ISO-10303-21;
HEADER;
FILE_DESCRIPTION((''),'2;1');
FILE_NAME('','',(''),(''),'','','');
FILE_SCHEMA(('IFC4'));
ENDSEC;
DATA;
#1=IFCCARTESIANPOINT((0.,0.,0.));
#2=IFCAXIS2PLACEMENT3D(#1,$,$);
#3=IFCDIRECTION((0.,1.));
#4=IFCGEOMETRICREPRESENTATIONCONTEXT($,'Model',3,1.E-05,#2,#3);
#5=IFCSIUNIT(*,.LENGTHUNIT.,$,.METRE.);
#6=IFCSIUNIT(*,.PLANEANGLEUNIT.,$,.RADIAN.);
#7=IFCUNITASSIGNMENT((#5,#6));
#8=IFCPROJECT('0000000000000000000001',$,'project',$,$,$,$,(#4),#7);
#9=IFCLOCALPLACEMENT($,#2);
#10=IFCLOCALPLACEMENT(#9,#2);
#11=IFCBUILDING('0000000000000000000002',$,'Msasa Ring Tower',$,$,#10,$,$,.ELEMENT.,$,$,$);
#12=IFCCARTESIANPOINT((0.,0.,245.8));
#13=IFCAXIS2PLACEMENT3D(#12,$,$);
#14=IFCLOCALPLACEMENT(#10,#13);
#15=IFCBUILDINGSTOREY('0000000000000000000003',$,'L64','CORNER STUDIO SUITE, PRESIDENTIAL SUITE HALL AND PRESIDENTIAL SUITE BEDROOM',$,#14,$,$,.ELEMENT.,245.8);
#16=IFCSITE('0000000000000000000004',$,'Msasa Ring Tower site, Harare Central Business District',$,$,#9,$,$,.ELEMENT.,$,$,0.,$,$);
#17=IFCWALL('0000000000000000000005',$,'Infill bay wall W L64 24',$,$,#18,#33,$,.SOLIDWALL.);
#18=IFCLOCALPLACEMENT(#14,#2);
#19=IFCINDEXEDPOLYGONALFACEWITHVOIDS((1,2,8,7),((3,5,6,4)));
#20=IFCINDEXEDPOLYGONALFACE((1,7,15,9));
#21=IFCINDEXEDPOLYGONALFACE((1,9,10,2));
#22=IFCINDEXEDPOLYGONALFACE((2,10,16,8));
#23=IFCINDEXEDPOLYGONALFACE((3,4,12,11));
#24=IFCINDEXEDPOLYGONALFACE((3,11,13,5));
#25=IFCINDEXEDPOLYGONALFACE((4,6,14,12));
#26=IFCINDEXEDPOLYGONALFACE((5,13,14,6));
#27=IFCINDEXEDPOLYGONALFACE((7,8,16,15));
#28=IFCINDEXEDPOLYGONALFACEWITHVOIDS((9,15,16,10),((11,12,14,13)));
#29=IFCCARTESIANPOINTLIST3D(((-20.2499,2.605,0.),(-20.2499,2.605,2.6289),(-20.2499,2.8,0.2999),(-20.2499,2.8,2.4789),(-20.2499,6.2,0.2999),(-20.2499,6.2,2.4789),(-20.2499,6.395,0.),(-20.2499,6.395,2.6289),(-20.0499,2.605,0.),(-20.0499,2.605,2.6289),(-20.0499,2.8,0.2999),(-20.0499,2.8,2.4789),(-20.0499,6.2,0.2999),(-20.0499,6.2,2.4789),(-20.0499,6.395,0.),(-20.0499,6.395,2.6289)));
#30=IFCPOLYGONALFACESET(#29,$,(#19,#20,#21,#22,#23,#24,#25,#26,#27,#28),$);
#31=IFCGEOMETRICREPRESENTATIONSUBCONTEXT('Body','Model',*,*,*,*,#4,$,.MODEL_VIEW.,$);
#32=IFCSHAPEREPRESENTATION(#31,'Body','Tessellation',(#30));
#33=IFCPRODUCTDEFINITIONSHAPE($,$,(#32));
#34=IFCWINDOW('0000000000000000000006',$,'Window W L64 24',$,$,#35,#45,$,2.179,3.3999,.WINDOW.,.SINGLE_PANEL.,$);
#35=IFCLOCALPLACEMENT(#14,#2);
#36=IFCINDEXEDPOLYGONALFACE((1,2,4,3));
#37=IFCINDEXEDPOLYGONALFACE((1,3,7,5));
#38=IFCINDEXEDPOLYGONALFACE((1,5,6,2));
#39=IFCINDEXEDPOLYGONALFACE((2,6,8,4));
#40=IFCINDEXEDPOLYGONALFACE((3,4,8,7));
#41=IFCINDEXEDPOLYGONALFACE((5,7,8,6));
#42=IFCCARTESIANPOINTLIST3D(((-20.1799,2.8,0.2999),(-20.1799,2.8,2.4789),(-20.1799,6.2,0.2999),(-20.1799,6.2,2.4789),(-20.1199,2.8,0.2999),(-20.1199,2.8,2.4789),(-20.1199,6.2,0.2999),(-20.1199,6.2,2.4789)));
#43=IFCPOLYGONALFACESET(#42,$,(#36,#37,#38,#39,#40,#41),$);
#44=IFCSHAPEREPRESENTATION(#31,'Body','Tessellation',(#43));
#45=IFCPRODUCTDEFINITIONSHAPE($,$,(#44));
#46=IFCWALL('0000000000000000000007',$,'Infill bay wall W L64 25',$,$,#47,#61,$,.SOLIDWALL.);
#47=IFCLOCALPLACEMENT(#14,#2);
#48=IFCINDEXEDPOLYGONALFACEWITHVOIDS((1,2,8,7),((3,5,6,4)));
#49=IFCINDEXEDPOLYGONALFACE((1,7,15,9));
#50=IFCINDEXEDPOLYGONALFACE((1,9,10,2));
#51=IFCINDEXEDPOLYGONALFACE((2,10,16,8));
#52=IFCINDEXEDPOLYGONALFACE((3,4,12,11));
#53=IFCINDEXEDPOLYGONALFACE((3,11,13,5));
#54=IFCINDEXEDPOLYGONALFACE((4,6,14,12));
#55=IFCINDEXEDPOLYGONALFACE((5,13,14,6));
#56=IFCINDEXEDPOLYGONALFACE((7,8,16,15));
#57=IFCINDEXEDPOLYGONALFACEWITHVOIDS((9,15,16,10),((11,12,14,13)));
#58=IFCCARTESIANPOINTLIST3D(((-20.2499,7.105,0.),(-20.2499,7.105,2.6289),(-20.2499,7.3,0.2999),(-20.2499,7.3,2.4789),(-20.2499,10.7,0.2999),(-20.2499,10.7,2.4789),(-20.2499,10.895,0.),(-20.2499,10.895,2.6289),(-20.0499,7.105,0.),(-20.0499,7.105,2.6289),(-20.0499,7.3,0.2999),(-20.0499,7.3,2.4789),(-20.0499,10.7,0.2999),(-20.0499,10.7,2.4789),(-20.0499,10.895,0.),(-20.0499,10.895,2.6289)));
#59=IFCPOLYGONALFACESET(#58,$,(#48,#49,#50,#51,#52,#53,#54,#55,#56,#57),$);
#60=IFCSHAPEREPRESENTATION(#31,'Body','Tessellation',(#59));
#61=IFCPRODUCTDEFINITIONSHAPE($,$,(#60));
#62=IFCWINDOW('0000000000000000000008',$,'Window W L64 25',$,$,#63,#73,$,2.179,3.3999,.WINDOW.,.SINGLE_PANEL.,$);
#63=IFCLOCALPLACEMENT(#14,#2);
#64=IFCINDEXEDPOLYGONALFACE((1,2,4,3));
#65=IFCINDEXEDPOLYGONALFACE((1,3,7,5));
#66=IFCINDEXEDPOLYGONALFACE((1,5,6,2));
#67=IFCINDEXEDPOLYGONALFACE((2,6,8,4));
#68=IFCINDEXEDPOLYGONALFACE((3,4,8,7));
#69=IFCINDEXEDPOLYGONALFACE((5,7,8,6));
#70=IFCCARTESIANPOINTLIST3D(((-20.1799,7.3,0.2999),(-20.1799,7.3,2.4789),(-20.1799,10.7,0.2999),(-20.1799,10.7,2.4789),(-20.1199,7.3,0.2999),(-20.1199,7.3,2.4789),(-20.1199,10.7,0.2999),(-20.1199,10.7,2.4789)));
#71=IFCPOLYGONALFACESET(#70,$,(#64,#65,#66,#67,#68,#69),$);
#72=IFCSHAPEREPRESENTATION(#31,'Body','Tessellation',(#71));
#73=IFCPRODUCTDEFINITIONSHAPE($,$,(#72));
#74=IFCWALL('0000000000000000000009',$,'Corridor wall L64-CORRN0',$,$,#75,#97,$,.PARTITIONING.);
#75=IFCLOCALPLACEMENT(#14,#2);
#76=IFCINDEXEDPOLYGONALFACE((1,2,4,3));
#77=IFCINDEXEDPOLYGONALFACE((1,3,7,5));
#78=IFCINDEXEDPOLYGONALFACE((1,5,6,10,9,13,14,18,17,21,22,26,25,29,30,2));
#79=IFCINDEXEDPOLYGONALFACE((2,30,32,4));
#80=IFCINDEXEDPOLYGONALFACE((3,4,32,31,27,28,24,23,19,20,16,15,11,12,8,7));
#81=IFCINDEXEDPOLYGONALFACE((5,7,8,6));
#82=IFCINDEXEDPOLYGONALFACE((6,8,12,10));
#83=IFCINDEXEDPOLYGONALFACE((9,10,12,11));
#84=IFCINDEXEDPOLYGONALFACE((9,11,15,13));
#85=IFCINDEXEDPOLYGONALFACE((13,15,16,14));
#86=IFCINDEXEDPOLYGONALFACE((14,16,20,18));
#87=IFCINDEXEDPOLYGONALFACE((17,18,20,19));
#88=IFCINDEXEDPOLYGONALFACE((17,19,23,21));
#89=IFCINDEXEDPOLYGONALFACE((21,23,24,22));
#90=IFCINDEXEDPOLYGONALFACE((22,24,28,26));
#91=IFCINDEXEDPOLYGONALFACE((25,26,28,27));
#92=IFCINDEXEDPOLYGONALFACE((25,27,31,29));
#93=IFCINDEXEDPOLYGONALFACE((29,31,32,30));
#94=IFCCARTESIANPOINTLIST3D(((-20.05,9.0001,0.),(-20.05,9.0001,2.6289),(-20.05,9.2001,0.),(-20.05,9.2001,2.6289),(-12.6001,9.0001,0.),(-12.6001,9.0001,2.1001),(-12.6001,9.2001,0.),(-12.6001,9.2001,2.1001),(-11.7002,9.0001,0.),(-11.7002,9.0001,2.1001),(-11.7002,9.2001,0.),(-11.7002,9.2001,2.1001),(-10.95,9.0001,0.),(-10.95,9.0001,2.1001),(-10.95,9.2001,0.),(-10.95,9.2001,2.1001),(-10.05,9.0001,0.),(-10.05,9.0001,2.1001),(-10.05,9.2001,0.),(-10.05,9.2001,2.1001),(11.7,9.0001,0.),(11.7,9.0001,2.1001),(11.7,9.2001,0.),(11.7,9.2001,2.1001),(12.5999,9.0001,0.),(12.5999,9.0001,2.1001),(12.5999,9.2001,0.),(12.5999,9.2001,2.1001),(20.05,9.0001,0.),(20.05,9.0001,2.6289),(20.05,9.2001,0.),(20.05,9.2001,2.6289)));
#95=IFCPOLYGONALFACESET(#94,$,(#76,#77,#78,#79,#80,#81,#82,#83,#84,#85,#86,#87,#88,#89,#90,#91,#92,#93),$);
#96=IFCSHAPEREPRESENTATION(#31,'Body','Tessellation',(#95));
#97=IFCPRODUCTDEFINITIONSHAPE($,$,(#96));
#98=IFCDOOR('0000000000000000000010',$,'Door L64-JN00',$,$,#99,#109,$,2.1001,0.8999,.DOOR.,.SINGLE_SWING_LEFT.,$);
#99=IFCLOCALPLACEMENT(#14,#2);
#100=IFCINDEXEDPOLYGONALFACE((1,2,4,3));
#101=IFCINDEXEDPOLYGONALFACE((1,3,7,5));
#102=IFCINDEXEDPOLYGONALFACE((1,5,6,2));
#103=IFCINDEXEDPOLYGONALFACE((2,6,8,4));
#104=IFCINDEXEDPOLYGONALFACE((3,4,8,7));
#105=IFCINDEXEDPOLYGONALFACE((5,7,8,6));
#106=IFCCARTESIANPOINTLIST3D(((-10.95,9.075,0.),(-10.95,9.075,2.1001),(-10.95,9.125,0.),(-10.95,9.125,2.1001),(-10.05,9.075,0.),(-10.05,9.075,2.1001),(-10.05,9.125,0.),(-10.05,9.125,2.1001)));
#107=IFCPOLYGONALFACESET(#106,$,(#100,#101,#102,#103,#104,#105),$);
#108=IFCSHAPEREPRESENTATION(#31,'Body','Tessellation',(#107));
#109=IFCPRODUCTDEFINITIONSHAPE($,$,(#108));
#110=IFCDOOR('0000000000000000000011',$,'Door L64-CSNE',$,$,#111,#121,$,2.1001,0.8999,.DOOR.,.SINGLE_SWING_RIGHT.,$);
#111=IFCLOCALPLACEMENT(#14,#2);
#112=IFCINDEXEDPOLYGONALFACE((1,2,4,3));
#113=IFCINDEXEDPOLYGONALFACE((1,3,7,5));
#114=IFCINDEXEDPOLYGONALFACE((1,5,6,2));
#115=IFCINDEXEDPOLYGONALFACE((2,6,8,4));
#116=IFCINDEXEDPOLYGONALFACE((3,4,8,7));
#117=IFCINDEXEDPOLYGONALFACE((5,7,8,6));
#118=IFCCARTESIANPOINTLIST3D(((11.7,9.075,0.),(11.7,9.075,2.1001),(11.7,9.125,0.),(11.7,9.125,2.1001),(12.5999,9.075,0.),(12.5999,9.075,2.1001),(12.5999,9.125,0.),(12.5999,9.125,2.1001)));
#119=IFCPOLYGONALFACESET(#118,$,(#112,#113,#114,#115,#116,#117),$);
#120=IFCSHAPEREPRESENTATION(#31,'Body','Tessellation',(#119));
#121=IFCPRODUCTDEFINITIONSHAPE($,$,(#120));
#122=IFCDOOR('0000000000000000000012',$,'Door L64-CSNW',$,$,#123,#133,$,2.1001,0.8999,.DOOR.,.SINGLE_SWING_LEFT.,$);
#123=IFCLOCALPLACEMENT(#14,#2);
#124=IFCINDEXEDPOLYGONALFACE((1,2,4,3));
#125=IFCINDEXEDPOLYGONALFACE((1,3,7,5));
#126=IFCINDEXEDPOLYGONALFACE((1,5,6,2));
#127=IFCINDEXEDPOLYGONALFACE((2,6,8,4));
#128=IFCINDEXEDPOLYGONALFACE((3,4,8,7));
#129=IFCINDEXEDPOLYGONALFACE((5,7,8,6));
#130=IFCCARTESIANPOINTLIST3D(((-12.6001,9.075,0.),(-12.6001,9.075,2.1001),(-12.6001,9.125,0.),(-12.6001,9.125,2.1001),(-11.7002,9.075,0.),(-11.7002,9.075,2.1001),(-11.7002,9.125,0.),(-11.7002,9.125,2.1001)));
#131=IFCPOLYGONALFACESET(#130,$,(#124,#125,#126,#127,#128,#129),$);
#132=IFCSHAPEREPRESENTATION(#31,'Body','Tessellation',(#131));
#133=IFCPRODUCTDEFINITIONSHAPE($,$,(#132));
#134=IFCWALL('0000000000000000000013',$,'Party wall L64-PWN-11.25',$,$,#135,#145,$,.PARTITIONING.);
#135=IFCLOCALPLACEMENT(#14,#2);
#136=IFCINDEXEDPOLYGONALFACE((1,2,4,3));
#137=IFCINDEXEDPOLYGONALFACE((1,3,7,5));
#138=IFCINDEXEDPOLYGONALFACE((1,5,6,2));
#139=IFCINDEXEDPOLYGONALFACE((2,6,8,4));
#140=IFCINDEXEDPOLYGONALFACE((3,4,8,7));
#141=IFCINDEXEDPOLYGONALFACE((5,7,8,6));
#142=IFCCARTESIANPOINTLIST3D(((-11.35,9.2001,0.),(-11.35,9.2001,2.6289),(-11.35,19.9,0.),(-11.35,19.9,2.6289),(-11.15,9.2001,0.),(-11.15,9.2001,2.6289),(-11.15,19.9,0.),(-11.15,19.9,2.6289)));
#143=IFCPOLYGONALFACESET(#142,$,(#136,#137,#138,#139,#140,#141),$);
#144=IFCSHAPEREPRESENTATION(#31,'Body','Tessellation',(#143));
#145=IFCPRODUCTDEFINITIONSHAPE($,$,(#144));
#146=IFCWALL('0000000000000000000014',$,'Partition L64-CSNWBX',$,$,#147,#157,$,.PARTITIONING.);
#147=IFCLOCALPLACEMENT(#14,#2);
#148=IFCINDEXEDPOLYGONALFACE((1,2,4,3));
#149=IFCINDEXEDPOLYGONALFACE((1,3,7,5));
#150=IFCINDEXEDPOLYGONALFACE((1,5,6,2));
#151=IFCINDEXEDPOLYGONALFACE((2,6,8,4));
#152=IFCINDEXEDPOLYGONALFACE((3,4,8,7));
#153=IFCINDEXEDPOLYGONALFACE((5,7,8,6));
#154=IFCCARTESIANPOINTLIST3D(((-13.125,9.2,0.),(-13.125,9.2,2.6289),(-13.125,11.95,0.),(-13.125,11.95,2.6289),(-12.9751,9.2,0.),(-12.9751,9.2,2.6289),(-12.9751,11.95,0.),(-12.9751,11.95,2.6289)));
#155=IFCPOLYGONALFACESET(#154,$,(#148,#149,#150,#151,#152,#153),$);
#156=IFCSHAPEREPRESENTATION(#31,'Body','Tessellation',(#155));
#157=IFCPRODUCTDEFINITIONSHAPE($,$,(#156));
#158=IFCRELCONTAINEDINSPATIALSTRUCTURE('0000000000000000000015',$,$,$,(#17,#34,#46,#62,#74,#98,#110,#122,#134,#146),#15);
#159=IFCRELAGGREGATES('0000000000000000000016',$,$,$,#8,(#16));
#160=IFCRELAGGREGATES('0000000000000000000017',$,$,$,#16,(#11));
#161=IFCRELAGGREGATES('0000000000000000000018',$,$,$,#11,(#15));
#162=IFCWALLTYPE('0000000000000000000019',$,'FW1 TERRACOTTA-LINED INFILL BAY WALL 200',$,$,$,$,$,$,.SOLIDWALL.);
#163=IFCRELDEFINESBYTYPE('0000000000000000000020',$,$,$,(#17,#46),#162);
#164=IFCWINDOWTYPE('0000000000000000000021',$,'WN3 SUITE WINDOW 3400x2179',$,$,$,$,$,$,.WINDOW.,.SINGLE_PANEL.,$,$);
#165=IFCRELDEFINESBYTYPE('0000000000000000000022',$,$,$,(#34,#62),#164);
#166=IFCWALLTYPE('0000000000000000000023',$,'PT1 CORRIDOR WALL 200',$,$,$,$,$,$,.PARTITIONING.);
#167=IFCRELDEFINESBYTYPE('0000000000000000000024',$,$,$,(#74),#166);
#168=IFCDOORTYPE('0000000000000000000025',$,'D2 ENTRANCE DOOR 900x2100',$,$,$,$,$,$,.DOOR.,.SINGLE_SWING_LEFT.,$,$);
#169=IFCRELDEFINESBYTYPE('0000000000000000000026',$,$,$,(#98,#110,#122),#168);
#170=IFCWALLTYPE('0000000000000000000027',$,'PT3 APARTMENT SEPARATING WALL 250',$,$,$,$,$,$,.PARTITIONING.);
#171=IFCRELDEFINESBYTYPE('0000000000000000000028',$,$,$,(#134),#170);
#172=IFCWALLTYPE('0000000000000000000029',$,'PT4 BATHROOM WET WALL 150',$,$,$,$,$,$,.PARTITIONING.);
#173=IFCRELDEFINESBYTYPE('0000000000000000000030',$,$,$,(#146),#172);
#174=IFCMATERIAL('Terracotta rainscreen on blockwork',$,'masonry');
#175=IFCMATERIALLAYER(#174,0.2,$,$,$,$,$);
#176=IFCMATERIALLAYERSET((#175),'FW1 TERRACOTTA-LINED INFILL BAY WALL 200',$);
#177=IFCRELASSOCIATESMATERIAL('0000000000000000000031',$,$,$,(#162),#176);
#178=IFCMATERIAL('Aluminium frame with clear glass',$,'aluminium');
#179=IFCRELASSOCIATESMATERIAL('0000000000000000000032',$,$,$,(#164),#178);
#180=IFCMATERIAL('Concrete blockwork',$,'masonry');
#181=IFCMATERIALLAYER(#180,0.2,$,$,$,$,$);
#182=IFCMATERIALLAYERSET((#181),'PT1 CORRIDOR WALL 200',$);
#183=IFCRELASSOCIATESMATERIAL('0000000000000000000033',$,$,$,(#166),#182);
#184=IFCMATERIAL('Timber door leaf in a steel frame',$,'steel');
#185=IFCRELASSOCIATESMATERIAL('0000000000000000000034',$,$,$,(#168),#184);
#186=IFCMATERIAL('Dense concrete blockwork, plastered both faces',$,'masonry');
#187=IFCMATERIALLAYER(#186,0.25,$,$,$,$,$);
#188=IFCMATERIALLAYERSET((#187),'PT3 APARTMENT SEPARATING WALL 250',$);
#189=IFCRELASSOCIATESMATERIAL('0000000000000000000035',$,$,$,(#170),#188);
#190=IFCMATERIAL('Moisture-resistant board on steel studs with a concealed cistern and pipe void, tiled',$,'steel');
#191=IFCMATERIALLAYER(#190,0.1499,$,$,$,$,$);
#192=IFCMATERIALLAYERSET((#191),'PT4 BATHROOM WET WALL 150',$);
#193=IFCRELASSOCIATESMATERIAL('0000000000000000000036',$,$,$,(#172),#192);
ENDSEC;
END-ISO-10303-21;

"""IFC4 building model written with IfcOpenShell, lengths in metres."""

from ifc_helpers import new_model, si_unit, direction, frame, frame_2d, origin, place, context, subcontext, project, spatial, rectangle, extrude, material, layer, layer_set, type_object, element, fill, save


model = new_model("IFC4")

# Units and contexts
model_context = context("Model", 3, precision=1e-05, world=origin(), true_north=direction((0.0, 1.0)))
body_context = subcontext(model_context, "Body", "Model", "MODEL_VIEW")
ifc_project = project(units=[si_unit("LENGTHUNIT", "METRE"), si_unit("PLANEANGLEUNIT", "RADIAN")], contexts=[model_context])

# Site, building, storey
site_placement = place(None, origin())
site = spatial("IfcSite", under=ifc_project, at=site_placement, Name="Msasa Ring Tower site, Harare Central Business District", CompositionType="ELEMENT", RefElevation=0.0)
building_placement = place(site_placement, origin())
building = spatial("IfcBuilding", under=site, at=building_placement, Name="Msasa Ring Tower", CompositionType="ELEMENT")
storey_placement = place(building_placement, frame((0.0, 0.0, 245.8)))
storey = spatial("IfcBuildingStorey", under=building, at=storey_placement, Name="L64", Description="CORNER STUDIO SUITE, PRESIDENTIAL SUITE HALL AND PRESIDENTIAL SUITE BEDROOM", CompositionType="ELEMENT", Elevation=245.8)

# Walls, openings, windows
ifc_material_1 = material(Name="Terracotta rainscreen on blockwork", Category="masonry")
ifc_layer_1 = layer(ifc_material_1, 0.2)
ifc_layer_set_1 = layer_set([ifc_layer_1], Name="FW1 TERRACOTTA-LINED INFILL BAY WALL 200")
wall_type_1 = type_object("IfcWallType", Name="FW1 TERRACOTTA-LINED INFILL BAY WALL 200", PredefinedType="SOLIDWALL", material=ifc_layer_set_1)
wall_1_placement = place(storey_placement, frame((-20.1499, 2.605, 0.0), z_axis=(0.0, 0.0, 1.0), x_axis=(0.0, 1.0, 0.0)))
wall_1 = element("IfcWall", 1, at=wall_1_placement, inside=storey, type_object=wall_type_1, Name="Infill bay wall W L64 24", PredefinedType="SOLIDWALL", context=body_context, shape_type="SweptSolid", body=[
    extrude(rectangle(XDim=3.79, YDim=0.2, at=frame_2d((1.895, 0.0))), origin(), (0.0, 0.0, 1.0), 2.6289),
])
opening_1_placement = place(wall_1_placement, frame((0.1951, 0.0, 0.3)))
opening_1 = element("IfcOpeningElement", 2, at=opening_1_placement, cuts=wall_1, PredefinedType="OPENING", context=body_context, shape_type="SweptSolid", body=[
    extrude(rectangle(XDim=3.3999, YDim=2.179, at=frame_2d((1.7, 1.0894))), frame((0.0, 0.1099, 0.0), z_axis=(0.0, -1.0, 0.0), x_axis=(1.0, 0.0, 0.0)), (0.0, 0.0, 1.0), 0.22),
])
ifc_material_2 = material(Name="Aluminium frame with clear glass", Category="aluminium")
window_type = type_object("IfcWindowType", Name="WN3 SUITE WINDOW 3400x2179", PartitioningType="SINGLE_PANEL", PredefinedType="WINDOW", material=ifc_material_2)
window_1_placement = place(opening_1_placement, origin())
window_1 = element("IfcWindow", 3, at=window_1_placement, inside=storey, type_object=window_type, Name="Window W L64 24", OverallHeight=2.179, OverallWidth=3.3999, PartitioningType="SINGLE_PANEL", PredefinedType="WINDOW", context=body_context, shape_type="SweptSolid", body=[
    extrude(rectangle(XDim=3.3999, YDim=2.179, at=frame_2d((1.7, 1.0894))), frame((0.0, 0.03, 0.0), z_axis=(0.0, -1.0, 0.0), x_axis=(1.0, 0.0, 0.0)), (0.0, 0.0, 1.0), 0.0601),
])
fill(opening_1, window_1)
wall_2_placement = place(storey_placement, frame((-20.1499, 7.105, 0.0), z_axis=(0.0, 0.0, 1.0), x_axis=(0.0, 1.0, 0.0)))
wall_2 = element("IfcWall", 4, at=wall_2_placement, inside=storey, type_object=wall_type_1, Name="Infill bay wall W L64 25", PredefinedType="SOLIDWALL", context=body_context, shape_type="SweptSolid", body=[
    extrude(rectangle(XDim=3.79, YDim=0.2, at=frame_2d((1.895, 0.0))), origin(), (0.0, 0.0, 1.0), 2.6289),
])
opening_2_placement = place(wall_2_placement, frame((0.1951, 0.0, 0.3)))
opening_2 = element("IfcOpeningElement", 5, at=opening_2_placement, cuts=wall_2, PredefinedType="OPENING", context=body_context, shape_type="SweptSolid", body=[
    extrude(rectangle(XDim=3.3999, YDim=2.179, at=frame_2d((1.7, 1.0894))), frame((0.0, 0.1099, 0.0), z_axis=(0.0, -1.0, 0.0), x_axis=(1.0, 0.0, 0.0)), (0.0, 0.0, 1.0), 0.22),
])
window_2_placement = place(opening_2_placement, origin())
window_2 = element("IfcWindow", 6, at=window_2_placement, inside=storey, type_object=window_type, Name="Window W L64 25", OverallHeight=2.179, OverallWidth=3.3999, PartitioningType="SINGLE_PANEL", PredefinedType="WINDOW", context=body_context, shape_type="SweptSolid", body=[
    extrude(rectangle(XDim=3.3999, YDim=2.179, at=frame_2d((1.7, 1.0894))), frame((0.0, 0.03, 0.0), z_axis=(0.0, -1.0, 0.0), x_axis=(1.0, 0.0, 0.0)), (0.0, 0.0, 1.0), 0.0601),
])
fill(opening_2, window_2)

# Wall, openings, doors
ifc_material_3 = material(Name="Concrete blockwork", Category="masonry")
ifc_layer_2 = layer(ifc_material_3, 0.2)
ifc_layer_set_2 = layer_set([ifc_layer_2], Name="PT1 CORRIDOR WALL 200")
wall_type_2 = type_object("IfcWallType", Name="PT1 CORRIDOR WALL 200", PredefinedType="PARTITIONING", material=ifc_layer_set_2)
wall_3_placement = place(storey_placement, frame((-20.05, 9.1001, 0.0), z_axis=(0.0, 0.0, 1.0), x_axis=(1.0, 0.0, 0.0)))
wall_3 = element("IfcWall", 7, at=wall_3_placement, inside=storey, type_object=wall_type_2, Name="Corridor wall L64-CORRN0", PredefinedType="PARTITIONING", context=body_context, shape_type="SweptSolid", body=[
    extrude(rectangle(XDim=40.1001, YDim=0.2, at=frame_2d((20.05, 0.0))), origin(), (0.0, 0.0, 1.0), 2.6289),
])
opening_3_placement = place(wall_3_placement, frame((9.1001, 0.0, 0.0)))
opening_3 = element("IfcOpeningElement", 8, at=opening_3_placement, cuts=wall_3, PredefinedType="OPENING", context=body_context, shape_type="SweptSolid", body=[
    extrude(rectangle(XDim=0.8999, YDim=2.1001, at=frame_2d((0.45, 1.05))), frame((0.0, 0.1099, 0.0), z_axis=(0.0, -1.0, 0.0), x_axis=(1.0, 0.0, 0.0)), (0.0, 0.0, 1.0), 0.22),
])
opening_4_placement = place(wall_3_placement, frame((31.75, 0.0, 0.0)))
opening_4 = element("IfcOpeningElement", 9, at=opening_4_placement, cuts=wall_3, PredefinedType="OPENING", context=body_context, shape_type="SweptSolid", body=[
    extrude(rectangle(XDim=0.8999, YDim=2.1001, at=frame_2d((0.45, 1.05))), frame((0.0, 0.1099, 0.0), z_axis=(0.0, -1.0, 0.0), x_axis=(1.0, 0.0, 0.0)), (0.0, 0.0, 1.0), 0.22),
])
opening_5_placement = place(wall_3_placement, frame((7.45, 0.0, 0.0)))
opening_5 = element("IfcOpeningElement", 10, at=opening_5_placement, cuts=wall_3, PredefinedType="OPENING", context=body_context, shape_type="SweptSolid", body=[
    extrude(rectangle(XDim=0.8999, YDim=2.1001, at=frame_2d((0.45, 1.05))), frame((0.0, 0.1099, 0.0), z_axis=(0.0, -1.0, 0.0), x_axis=(1.0, 0.0, 0.0)), (0.0, 0.0, 1.0), 0.22),
])
ifc_material_4 = material(Name="Timber door leaf in a steel frame", Category="steel")
door_type_1 = type_object("IfcDoorType", Name="D2 ENTRANCE DOOR 900x2100", OperationType="SINGLE_SWING_LEFT", PredefinedType="DOOR", material=ifc_material_4)
door_1_placement = place(opening_3_placement, origin())
door_1 = element("IfcDoor", 11, at=door_1_placement, inside=storey, type_object=door_type_1, Name="Door L64-JN00", OperationType="SINGLE_SWING_LEFT", OverallHeight=2.1001, OverallWidth=0.8999, PredefinedType="DOOR", context=body_context, shape_type="SweptSolid", body=[
    extrude(rectangle(XDim=0.8999, YDim=2.1001, at=frame_2d((0.45, 1.05))), frame((0.0, 0.0249, 0.0), z_axis=(0.0, -1.0, 0.0), x_axis=(1.0, 0.0, 0.0)), (0.0, 0.0, 1.0), 0.05),
])
fill(opening_3, door_1)
door_2_placement = place(opening_4_placement, origin())
door_2 = element("IfcDoor", 12, at=door_2_placement, inside=storey, type_object=door_type_1, Name="Door L64-CSNE", OperationType="SINGLE_SWING_RIGHT", OverallHeight=2.1001, OverallWidth=0.8999, PredefinedType="DOOR", context=body_context, shape_type="SweptSolid", body=[
    extrude(rectangle(XDim=0.8999, YDim=2.1001, at=frame_2d((0.45, 1.05))), frame((0.0, 0.0249, 0.0), z_axis=(0.0, -1.0, 0.0), x_axis=(1.0, 0.0, 0.0)), (0.0, 0.0, 1.0), 0.05),
])
fill(opening_4, door_2)
door_3_placement = place(opening_5_placement, origin())
door_3 = element("IfcDoor", 13, at=door_3_placement, inside=storey, type_object=door_type_1, Name="Door L64-CSNW", OperationType="SINGLE_SWING_LEFT", OverallHeight=2.1001, OverallWidth=0.8999, PredefinedType="DOOR", context=body_context, shape_type="SweptSolid", body=[
    extrude(rectangle(XDim=0.8999, YDim=2.1001, at=frame_2d((0.45, 1.05))), frame((0.0, 0.0249, 0.0), z_axis=(0.0, -1.0, 0.0), x_axis=(1.0, 0.0, 0.0)), (0.0, 0.0, 1.0), 0.05),
])
fill(opening_5, door_3)

# Walls
ifc_material_5 = material(Name="Dense concrete blockwork, plastered both faces", Category="masonry")
ifc_layer_3 = layer(ifc_material_5, 0.25)
ifc_layer_set_3 = layer_set([ifc_layer_3], Name="PT3 APARTMENT SEPARATING WALL 250")
wall_type_3 = type_object("IfcWallType", Name="PT3 APARTMENT SEPARATING WALL 250", PredefinedType="PARTITIONING", material=ifc_layer_set_3)
wall_4_placement = place(storey_placement, frame((-11.25, 9.2, 0.0), z_axis=(0.0, 0.0, 1.0), x_axis=(0.0, 1.0, 0.0)))
element("IfcWall", 14, at=wall_4_placement, inside=storey, type_object=wall_type_3, Name="Party wall L64-PWN-11.25", PredefinedType="PARTITIONING", context=body_context, shape_type="SweptSolid", body=[
    extrude(rectangle(XDim=10.7, YDim=0.2, at=frame_2d((5.3501, 0.0))), origin(), (0.0, 0.0, 1.0), 2.6289),
])
ifc_material_6 = material(Name="Moisture-resistant board on steel studs with a concealed cistern and pipe void, tiled", Category="steel")
ifc_layer_4 = layer(ifc_material_6, 0.1499)
ifc_layer_set_4 = layer_set([ifc_layer_4], Name="PT4 BATHROOM WET WALL 150")
wall_type_4 = type_object("IfcWallType", Name="PT4 BATHROOM WET WALL 150", PredefinedType="PARTITIONING", material=ifc_layer_set_4)
wall_5_placement = place(storey_placement, frame((-13.05, 9.2, 0.0), z_axis=(0.0, 0.0, 1.0), x_axis=(0.0, 1.0, 0.0)))
element("IfcWall", 15, at=wall_5_placement, inside=storey, type_object=wall_type_4, Name="Partition L64-CSNWBX", PredefinedType="PARTITIONING", context=body_context, shape_type="SweptSolid", body=[
    extrude(rectangle(XDim=2.75, YDim=0.1499, at=frame_2d((1.375, 0.0))), origin(), (0.0, 0.0, 1.0), 2.6289),
])

save(model, "model.ifc")
